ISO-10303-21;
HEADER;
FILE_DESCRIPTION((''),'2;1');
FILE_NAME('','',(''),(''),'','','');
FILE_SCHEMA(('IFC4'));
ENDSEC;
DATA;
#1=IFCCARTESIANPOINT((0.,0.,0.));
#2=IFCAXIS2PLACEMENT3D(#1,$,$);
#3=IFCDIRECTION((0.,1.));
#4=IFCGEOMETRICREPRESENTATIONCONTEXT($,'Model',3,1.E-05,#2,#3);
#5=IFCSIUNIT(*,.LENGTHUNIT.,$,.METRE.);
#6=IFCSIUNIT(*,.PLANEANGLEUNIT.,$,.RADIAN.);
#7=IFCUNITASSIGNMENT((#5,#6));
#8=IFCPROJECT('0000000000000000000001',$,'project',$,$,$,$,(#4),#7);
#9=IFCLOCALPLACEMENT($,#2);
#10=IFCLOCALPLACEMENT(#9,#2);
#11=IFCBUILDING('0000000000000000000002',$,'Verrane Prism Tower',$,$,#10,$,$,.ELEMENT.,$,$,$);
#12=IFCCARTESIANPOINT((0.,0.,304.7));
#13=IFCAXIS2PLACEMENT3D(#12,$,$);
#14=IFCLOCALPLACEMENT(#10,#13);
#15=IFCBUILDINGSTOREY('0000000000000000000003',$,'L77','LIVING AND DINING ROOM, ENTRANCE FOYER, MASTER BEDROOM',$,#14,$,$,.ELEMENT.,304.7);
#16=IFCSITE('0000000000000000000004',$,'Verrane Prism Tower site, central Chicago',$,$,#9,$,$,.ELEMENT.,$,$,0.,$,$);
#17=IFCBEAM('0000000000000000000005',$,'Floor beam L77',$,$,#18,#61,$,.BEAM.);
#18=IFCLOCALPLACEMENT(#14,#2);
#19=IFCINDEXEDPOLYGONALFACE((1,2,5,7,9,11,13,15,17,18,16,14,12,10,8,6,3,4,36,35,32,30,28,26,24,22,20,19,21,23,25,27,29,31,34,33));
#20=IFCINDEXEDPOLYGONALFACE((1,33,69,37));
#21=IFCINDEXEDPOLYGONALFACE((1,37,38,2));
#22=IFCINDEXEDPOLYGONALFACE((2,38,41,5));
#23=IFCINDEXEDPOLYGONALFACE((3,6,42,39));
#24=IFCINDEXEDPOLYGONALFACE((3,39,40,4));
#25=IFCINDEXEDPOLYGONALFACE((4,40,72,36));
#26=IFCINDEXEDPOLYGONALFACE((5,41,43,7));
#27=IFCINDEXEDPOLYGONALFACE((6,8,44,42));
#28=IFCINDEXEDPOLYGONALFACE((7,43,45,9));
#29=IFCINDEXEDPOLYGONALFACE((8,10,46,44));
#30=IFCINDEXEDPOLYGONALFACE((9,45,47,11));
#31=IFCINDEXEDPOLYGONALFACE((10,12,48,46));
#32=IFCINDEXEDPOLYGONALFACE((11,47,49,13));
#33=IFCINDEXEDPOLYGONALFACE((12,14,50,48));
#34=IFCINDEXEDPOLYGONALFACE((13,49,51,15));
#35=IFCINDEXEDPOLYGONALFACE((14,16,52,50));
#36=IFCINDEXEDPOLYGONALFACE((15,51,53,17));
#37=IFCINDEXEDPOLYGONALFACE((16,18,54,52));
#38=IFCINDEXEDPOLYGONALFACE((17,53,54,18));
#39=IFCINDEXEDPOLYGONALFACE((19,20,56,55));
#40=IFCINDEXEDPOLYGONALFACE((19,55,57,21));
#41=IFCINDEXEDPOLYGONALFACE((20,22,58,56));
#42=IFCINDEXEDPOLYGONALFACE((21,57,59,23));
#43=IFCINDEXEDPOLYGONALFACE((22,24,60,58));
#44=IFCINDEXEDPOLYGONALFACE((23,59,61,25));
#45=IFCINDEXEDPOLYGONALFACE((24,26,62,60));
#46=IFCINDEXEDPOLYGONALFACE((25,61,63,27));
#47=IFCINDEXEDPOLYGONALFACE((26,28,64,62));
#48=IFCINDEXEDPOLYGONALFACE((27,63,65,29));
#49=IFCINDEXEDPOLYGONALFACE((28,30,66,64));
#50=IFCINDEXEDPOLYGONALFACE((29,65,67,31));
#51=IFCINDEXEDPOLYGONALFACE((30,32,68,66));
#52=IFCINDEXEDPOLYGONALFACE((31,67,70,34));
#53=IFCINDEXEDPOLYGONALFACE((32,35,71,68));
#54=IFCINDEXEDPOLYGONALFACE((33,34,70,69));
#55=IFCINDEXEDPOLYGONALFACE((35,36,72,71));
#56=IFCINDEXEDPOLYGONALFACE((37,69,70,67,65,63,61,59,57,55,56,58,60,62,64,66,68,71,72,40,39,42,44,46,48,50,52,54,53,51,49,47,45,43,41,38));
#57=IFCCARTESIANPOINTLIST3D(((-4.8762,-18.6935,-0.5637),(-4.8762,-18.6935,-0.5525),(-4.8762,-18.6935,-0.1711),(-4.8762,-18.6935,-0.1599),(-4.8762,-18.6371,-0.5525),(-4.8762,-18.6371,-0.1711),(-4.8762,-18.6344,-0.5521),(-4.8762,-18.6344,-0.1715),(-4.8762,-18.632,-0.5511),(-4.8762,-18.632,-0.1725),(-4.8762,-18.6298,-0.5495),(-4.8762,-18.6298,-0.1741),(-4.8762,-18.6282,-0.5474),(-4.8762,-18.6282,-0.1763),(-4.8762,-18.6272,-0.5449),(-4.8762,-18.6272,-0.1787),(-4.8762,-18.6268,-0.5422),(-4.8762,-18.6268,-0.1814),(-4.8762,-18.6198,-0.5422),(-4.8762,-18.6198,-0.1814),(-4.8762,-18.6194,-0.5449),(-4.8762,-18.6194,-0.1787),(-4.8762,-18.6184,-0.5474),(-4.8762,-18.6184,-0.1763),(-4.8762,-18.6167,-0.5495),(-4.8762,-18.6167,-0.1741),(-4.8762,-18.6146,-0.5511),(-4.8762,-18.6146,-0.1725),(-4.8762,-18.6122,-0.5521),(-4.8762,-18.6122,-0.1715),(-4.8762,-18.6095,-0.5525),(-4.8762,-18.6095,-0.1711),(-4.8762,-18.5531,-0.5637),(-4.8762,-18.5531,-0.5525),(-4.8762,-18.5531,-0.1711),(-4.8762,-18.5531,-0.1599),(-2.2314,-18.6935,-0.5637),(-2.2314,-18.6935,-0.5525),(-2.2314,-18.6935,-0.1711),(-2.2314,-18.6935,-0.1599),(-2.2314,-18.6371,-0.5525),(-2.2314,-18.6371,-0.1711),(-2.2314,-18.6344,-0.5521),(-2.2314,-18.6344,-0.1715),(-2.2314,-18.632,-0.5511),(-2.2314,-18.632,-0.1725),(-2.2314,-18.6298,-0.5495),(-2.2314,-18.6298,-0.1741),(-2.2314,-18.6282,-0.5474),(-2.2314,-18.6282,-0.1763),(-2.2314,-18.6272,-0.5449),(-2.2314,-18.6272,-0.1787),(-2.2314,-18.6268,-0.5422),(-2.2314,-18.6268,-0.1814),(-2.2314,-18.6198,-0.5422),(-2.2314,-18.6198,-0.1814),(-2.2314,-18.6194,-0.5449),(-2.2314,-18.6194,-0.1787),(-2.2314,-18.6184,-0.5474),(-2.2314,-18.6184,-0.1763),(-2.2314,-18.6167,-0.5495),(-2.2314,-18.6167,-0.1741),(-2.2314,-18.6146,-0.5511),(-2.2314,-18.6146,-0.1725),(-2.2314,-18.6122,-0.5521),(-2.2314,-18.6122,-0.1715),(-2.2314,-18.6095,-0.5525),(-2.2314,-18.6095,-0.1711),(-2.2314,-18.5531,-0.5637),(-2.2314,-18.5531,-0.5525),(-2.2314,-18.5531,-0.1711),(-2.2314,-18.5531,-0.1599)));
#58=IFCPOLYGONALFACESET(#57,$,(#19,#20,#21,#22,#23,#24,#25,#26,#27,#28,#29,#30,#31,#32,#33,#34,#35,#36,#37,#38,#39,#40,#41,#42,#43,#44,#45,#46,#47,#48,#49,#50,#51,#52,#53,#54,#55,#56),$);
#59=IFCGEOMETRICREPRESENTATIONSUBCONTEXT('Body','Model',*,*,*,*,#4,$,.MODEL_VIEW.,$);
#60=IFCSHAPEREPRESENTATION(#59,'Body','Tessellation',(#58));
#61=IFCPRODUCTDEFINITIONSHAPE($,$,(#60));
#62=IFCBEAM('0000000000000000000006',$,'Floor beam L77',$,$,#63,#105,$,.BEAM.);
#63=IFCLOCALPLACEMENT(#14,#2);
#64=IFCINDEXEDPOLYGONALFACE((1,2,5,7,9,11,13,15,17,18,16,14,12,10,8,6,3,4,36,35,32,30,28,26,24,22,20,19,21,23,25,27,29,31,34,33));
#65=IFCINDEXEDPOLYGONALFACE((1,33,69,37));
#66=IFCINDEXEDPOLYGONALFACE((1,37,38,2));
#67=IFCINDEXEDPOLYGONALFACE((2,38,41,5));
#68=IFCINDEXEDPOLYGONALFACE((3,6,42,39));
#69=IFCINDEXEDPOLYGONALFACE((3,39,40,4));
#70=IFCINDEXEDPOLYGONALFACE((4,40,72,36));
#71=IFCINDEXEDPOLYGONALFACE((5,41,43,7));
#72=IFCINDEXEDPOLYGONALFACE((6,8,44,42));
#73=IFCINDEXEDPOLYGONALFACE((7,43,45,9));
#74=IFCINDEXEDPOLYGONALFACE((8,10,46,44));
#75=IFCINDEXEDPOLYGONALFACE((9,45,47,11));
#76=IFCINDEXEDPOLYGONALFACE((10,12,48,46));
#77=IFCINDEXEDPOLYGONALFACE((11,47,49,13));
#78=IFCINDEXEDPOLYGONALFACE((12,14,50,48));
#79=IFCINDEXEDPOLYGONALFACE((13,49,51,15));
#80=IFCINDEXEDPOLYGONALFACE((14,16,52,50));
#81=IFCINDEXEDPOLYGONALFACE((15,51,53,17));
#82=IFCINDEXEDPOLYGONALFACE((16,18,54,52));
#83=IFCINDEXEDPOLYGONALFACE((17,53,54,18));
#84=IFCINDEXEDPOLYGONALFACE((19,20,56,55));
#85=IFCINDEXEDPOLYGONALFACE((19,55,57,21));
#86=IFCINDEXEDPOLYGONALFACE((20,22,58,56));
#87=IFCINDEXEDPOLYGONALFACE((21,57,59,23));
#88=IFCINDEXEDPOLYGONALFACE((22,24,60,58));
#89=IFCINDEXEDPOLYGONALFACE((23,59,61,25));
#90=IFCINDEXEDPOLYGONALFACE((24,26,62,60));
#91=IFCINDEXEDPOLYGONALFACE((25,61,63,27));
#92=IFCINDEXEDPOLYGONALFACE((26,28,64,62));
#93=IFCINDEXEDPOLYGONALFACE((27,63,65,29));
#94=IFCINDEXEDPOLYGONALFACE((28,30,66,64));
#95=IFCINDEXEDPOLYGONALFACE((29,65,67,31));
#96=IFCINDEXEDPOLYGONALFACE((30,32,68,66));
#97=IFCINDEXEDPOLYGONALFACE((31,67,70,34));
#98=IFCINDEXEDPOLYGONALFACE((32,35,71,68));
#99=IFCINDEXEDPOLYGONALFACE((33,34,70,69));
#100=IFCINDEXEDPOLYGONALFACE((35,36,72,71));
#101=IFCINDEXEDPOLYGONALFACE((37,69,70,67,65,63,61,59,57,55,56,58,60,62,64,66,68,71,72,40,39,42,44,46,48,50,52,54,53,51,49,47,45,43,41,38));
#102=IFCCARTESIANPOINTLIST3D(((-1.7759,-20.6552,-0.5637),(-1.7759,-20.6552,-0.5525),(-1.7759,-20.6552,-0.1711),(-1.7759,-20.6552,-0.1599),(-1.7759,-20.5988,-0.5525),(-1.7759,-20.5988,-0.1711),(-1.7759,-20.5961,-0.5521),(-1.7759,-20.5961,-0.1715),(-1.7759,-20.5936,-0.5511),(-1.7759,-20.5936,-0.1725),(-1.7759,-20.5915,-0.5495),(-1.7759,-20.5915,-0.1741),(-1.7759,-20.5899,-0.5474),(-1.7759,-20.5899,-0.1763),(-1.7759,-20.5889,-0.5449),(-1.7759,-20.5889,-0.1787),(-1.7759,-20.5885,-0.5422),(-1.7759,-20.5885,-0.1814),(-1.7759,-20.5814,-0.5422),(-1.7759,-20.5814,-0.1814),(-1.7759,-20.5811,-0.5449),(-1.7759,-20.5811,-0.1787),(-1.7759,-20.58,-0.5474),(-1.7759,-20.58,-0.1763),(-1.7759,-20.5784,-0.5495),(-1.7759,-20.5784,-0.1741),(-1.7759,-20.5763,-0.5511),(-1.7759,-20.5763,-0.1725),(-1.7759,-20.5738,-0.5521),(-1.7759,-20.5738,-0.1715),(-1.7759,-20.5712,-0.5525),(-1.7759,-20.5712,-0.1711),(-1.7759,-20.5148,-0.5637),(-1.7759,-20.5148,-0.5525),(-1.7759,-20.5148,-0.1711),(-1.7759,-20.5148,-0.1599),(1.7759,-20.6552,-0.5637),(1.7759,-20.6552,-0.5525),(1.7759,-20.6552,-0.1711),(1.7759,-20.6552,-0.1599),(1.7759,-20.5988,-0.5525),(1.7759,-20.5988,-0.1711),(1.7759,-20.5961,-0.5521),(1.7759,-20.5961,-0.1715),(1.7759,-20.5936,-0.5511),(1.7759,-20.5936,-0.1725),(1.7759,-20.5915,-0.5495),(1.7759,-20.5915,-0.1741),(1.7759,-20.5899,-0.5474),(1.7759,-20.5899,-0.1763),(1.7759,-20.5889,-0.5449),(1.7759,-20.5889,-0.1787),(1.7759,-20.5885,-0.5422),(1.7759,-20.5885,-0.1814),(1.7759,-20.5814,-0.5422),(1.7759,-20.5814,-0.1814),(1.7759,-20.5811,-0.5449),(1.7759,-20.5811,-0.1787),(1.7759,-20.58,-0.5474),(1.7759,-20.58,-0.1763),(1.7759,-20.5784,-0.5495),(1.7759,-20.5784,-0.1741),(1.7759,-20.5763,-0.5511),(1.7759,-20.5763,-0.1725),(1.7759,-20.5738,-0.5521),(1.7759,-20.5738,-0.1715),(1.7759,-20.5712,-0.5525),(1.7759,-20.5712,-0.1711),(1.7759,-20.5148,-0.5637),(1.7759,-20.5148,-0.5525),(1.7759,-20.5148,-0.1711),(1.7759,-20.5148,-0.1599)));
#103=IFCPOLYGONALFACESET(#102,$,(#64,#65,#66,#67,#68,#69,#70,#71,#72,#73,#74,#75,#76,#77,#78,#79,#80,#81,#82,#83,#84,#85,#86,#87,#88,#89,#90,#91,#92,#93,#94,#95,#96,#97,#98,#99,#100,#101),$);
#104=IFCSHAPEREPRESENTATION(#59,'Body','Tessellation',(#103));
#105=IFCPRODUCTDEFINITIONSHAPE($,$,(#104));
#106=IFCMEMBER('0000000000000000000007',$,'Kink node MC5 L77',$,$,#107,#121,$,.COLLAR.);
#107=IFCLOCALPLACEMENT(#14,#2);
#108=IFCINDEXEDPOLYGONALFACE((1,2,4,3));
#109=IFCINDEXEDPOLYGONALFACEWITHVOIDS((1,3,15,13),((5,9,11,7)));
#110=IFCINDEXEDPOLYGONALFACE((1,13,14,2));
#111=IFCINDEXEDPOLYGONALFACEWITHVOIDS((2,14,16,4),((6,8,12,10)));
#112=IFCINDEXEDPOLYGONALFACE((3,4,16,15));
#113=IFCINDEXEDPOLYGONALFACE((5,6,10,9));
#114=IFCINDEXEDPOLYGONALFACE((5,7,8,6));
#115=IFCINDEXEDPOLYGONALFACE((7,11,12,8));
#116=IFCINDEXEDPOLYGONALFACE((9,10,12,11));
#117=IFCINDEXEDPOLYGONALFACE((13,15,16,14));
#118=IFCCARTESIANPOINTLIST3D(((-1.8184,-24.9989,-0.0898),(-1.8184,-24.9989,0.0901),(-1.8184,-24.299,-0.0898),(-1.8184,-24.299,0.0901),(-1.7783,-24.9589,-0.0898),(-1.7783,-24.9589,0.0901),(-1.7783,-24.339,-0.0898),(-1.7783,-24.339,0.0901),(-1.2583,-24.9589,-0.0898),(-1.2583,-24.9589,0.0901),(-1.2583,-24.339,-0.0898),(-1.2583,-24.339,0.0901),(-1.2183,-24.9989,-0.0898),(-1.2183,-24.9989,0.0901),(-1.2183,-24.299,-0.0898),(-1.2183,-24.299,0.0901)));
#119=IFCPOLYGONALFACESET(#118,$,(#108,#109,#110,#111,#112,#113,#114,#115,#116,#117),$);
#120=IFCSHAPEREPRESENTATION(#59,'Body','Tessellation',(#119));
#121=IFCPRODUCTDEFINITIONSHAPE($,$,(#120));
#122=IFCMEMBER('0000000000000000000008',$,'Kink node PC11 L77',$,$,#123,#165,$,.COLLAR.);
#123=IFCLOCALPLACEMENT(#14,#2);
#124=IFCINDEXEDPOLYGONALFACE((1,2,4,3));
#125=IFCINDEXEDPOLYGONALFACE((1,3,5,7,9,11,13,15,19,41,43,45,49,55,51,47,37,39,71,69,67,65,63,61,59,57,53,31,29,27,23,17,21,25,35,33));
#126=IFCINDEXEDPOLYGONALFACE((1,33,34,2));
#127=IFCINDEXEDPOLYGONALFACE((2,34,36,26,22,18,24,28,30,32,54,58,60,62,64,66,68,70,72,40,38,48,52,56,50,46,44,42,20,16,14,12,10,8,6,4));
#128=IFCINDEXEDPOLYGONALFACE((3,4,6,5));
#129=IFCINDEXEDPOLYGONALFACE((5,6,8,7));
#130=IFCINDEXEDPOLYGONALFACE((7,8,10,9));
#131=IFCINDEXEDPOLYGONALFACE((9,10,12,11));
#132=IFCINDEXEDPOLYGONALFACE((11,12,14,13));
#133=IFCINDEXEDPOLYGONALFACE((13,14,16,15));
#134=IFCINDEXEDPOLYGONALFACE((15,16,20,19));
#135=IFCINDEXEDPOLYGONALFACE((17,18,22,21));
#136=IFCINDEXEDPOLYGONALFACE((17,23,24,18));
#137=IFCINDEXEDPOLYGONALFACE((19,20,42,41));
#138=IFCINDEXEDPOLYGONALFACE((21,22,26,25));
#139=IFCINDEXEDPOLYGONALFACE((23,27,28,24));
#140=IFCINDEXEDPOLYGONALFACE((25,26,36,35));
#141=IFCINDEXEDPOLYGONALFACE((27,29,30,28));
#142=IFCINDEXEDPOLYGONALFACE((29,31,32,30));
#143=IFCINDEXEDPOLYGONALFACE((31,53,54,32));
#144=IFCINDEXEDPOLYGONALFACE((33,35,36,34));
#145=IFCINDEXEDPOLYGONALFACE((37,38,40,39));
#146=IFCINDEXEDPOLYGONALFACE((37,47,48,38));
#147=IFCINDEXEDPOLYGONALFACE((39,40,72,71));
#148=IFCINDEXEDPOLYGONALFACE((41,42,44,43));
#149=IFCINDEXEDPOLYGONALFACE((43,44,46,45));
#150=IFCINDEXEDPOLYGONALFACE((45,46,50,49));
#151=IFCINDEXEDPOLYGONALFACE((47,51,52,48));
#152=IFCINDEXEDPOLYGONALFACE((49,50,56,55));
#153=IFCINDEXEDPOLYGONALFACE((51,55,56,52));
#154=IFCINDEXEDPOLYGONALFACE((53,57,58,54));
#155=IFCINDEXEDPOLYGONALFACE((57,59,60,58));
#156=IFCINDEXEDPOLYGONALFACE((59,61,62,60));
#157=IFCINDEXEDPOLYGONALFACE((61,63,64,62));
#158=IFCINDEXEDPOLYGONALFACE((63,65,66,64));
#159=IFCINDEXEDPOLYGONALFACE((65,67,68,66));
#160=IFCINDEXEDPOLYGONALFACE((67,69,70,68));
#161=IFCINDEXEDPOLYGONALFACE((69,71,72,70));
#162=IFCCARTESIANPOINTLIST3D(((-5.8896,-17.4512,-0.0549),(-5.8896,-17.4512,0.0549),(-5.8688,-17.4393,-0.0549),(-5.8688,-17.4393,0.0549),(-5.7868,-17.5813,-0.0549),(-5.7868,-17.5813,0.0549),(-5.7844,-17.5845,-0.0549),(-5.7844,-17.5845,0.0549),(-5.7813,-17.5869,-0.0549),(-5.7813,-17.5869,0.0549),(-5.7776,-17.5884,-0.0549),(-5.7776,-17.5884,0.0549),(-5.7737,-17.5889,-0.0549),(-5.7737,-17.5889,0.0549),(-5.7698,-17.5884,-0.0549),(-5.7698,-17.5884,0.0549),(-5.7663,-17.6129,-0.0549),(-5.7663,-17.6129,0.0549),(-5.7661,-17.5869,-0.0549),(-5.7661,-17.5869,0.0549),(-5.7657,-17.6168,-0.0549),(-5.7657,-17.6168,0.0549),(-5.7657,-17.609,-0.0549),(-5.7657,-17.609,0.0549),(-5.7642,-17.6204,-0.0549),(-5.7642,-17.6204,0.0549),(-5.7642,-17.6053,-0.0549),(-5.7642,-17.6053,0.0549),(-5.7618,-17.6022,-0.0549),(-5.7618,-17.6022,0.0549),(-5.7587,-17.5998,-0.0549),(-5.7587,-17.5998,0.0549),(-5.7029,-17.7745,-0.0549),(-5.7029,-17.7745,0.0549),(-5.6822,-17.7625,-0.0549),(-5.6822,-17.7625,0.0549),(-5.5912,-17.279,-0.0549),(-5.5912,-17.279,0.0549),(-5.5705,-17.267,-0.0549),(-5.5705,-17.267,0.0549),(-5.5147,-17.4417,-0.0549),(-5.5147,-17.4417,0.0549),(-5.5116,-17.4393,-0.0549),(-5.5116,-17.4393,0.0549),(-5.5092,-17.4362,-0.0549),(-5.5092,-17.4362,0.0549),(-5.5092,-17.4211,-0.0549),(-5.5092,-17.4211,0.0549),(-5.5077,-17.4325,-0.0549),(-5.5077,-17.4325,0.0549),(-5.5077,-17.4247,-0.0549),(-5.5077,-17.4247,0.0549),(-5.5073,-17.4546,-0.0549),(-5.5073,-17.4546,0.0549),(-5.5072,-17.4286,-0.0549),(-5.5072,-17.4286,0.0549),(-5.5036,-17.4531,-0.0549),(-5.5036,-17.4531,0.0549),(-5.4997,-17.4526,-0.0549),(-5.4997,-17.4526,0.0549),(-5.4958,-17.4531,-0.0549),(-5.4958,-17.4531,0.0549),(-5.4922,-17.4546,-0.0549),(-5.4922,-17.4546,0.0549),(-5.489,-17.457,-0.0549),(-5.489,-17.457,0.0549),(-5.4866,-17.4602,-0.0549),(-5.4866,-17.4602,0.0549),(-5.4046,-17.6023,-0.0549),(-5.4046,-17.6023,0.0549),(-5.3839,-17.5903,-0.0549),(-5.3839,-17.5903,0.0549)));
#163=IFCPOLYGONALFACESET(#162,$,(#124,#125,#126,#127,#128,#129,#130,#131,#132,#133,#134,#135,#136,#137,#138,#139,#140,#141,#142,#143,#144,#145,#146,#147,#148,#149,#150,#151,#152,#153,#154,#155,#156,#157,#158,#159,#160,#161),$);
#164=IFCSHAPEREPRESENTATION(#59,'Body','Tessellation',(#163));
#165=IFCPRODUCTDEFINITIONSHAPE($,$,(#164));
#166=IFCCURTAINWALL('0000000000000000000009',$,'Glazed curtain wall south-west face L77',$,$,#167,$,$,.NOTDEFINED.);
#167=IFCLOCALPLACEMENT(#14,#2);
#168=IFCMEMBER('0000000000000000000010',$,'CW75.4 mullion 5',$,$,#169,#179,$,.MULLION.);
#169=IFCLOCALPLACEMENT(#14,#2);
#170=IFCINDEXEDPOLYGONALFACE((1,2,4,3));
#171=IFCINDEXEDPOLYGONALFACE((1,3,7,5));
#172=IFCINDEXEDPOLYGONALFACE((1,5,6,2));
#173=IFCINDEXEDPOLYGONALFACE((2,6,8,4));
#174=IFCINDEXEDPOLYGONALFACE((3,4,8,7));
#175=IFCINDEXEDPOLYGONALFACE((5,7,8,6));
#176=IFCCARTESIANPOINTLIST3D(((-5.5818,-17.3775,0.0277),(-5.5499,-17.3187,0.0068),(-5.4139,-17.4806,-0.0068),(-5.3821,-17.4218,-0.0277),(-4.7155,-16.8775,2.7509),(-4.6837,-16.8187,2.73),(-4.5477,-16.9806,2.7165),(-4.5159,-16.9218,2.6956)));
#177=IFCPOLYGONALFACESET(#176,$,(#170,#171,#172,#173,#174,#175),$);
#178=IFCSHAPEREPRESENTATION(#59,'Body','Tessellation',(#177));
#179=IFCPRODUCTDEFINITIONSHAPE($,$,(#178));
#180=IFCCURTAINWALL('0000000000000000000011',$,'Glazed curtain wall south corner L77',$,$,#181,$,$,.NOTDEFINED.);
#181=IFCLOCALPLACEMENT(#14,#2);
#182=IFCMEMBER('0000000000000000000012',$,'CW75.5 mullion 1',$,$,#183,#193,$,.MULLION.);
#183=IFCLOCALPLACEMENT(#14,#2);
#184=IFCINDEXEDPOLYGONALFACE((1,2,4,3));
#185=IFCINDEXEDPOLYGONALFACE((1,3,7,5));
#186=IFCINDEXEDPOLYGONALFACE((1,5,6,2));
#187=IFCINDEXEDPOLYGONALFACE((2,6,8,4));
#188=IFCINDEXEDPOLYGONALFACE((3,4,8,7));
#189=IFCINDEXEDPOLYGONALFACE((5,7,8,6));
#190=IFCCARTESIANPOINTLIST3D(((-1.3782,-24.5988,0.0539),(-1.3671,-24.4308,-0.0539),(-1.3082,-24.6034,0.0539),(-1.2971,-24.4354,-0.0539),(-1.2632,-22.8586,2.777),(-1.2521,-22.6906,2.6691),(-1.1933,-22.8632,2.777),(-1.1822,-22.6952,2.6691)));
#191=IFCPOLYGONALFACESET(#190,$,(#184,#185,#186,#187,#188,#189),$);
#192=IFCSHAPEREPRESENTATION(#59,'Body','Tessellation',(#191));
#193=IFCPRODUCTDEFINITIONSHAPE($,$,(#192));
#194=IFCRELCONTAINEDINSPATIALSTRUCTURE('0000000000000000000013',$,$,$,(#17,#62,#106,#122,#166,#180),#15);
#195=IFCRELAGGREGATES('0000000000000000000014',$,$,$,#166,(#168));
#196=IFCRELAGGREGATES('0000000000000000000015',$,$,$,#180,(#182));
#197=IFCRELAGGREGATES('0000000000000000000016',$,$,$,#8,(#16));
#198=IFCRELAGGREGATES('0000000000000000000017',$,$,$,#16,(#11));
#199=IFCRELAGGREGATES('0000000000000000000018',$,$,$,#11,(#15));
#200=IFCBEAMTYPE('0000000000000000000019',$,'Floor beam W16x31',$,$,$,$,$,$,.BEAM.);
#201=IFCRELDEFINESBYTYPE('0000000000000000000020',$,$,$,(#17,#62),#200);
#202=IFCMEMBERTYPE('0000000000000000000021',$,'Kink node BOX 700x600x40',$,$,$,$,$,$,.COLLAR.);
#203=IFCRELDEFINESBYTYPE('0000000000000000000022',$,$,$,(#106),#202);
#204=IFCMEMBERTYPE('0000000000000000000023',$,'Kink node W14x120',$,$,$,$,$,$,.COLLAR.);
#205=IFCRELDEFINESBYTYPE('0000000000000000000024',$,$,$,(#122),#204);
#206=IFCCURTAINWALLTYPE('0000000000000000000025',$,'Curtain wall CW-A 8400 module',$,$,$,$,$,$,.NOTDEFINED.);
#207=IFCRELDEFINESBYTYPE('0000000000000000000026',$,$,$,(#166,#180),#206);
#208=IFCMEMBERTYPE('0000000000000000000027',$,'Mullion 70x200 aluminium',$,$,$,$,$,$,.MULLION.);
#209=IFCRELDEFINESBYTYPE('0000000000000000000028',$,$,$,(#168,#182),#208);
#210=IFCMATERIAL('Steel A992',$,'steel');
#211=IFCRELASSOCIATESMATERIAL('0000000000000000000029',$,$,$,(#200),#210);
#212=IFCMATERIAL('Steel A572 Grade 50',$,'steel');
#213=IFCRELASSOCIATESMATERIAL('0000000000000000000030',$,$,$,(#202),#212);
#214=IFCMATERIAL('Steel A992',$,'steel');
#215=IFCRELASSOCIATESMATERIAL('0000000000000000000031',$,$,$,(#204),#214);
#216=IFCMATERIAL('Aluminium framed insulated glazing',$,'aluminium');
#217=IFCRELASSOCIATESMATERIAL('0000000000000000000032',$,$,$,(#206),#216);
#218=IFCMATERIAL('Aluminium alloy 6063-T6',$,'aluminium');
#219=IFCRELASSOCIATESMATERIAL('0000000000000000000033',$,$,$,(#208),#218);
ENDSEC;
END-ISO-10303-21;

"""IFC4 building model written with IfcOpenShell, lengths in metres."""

from ifc_helpers import new_model, si_unit, direction, frame, origin, origin_2d, place, context, subcontext, project, spatial, rectangle, hollow_rectangle, i_section, extrude, material, material_profile, profile_set, type_object, element, aggregate, save


model = new_model("IFC4")

# Units and contexts
model_context = context("Model", 3, precision=1e-05, world=origin(), true_north=direction((0.0, 1.0)))
body_context = subcontext(model_context, "Body", "Model", "MODEL_VIEW")
ifc_project = project(units=[si_unit("LENGTHUNIT", "METRE"), si_unit("PLANEANGLEUNIT", "RADIAN")], contexts=[model_context])

# Site, building, storey
site_placement = place(None, origin())
site = spatial("IfcSite", under=ifc_project, at=site_placement, Name="Verrane Prism Tower site, central Chicago", CompositionType="ELEMENT", RefElevation=0.0)
building_placement = place(site_placement, origin())
building = spatial("IfcBuilding", under=site, at=building_placement, Name="Verrane Prism Tower", CompositionType="ELEMENT")
storey_placement = place(building_placement, frame((0.0, 0.0, 304.7)))
storey = spatial("IfcBuildingStorey", under=building, at=storey_placement, Name="L77", Description="LIVING AND DINING ROOM, ENTRANCE FOYER, MASTER BEDROOM", CompositionType="ELEMENT", Elevation=304.7)

# Beams
ifc_material_1 = material(Name="Steel A992", Category="steel")
ifc_material_profile_1 = material_profile(ifc_material_1, i_section(OverallWidth=0.1404, OverallDepth=0.4038, WebThickness=0.0071, FlangeThickness=0.0112, FilletRadius=0.0103, at=origin_2d()), Name="W16x31")
ifc_profile_set_1 = profile_set([ifc_material_profile_1], Name="Steel A992")
beam_type_1 = type_object("IfcBeamType", Name="Floor beam W16x31", PredefinedType="BEAM", material=ifc_profile_set_1)
beam_1_placement = place(storey_placement, frame((-4.8762, -18.6233, -0.3618), z_axis=(1.0, 0.0, 0.0), x_axis=(0.0, 1.0, 0.0)))
element("IfcBeam", 1, at=beam_1_placement, inside=storey, type_object=beam_type_1, Name="Floor beam L77", PredefinedType="BEAM", context=body_context, shape_type="SweptSolid", body=[
    extrude(i_section(OverallWidth=0.1404, OverallDepth=0.4038, WebThickness=0.0071, FlangeThickness=0.0112, FilletRadius=0.0103, at=origin_2d()), origin(), (0.0, 0.0, 1.0), 2.6448),
])
beam_2_placement = place(storey_placement, frame((-1.7759, -20.585, -0.3618), z_axis=(1.0, 0.0, 0.0), x_axis=(0.0, 1.0, 0.0)))
element("IfcBeam", 2, at=beam_2_placement, inside=storey, type_object=beam_type_1, Name="Floor beam L77", PredefinedType="BEAM", context=body_context, shape_type="SweptSolid", body=[
    extrude(i_section(OverallWidth=0.1404, OverallDepth=0.4038, WebThickness=0.0071, FlangeThickness=0.0112, FilletRadius=0.0103, at=origin_2d()), origin(), (0.0, 0.0, 1.0), 3.5518),
])

# Members
ifc_material_2 = material(Name="Steel A572 Grade 50", Category="steel")
ifc_material_profile_2 = material_profile(ifc_material_2, hollow_rectangle(XDim=0.6001, YDim=0.7, WallThickness=0.04, at=origin_2d()), Name="BOX 700x600x40")
ifc_profile_set_2 = profile_set([ifc_material_profile_2], Name="Steel A572 Grade 50")
member_type_1 = type_object("IfcMemberType", Name="Kink node BOX 700x600x40", PredefinedType="COLLAR", material=ifc_profile_set_2)
member_1_placement = place(storey_placement, frame((-1.5183, -24.6489, -0.0898), z_axis=(0.0, 0.0, 1.0), x_axis=(-1.0, 0.0, 0.0)))
element("IfcMember", 3, at=member_1_placement, inside=storey, type_object=member_type_1, Name="Kink node MC5 L77", PredefinedType="COLLAR", context=body_context, shape_type="SweptSolid", body=[
    extrude(hollow_rectangle(XDim=0.6001, YDim=0.7, WallThickness=0.04, at=origin_2d()), origin(), (0.0, 0.0, 1.0), 0.1799),
])
ifc_material_3 = material(Name="Steel A992", Category="steel")
ifc_material_profile_3 = material_profile(ifc_material_3, i_section(OverallWidth=0.3733, OverallDepth=0.3684, WebThickness=0.0149, FlangeThickness=0.0239, FilletRadius=0.0151, at=origin_2d()), Name="W14x120")
ifc_profile_set_3 = profile_set([ifc_material_profile_3], Name="Steel A992")
member_type_2 = type_object("IfcMemberType", Name="Kink node W14x120", PredefinedType="COLLAR", material=ifc_profile_set_3)
member_2_placement = place(storey_placement, frame((-5.6367, -17.5208, -0.0549), z_axis=(0.0, 0.0, 1.0), x_axis=(-0.5, 0.866025, 0.0)))
element("IfcMember", 4, at=member_2_placement, inside=storey, type_object=member_type_2, Name="Kink node PC11 L77", PredefinedType="COLLAR", context=body_context, shape_type="SweptSolid", body=[
    extrude(i_section(OverallWidth=0.3733, OverallDepth=0.3684, WebThickness=0.0149, FlangeThickness=0.0239, FilletRadius=0.0151, at=origin_2d()), origin(), (0.0, 0.0, 1.0), 0.1099),
])

# Curtain walls, members
ifc_material_4 = material(Name="Aluminium framed insulated glazing", Category="aluminium")
curtain_wall_type = type_object("IfcCurtainWallType", Name="Curtain wall CW-A 8400 module", PredefinedType="NOTDEFINED", material=ifc_material_4)
curtain_wall_1_placement = place(storey_placement, origin())
curtain_wall_1 = element("IfcCurtainWall", 5, at=curtain_wall_1_placement, inside=storey, type_object=curtain_wall_type, Name="Glazed curtain wall south-west face L77", PredefinedType="NOTDEFINED")
ifc_material_5 = material(Name="Aluminium alloy 6063-T6", Category="aluminium")
ifc_material_profile_4 = material_profile(ifc_material_5, rectangle(XDim=0.2, YDim=0.0701, at=origin_2d()), Name="Mullion 70x200 aluminium")
ifc_profile_set_4 = profile_set([ifc_material_profile_4], Name="Aluminium alloy 6063-T6")
member_type_3 = type_object("IfcMemberType", Name="Mullion 70x200 aluminium", PredefinedType="MULLION", material=ifc_profile_set_4)
member_3_placement = place(storey_placement, frame((-5.4819, -17.3997, 0.0), z_axis=(0.29859, 0.172354, 0.93869), x_axis=(-0.83943, 0.515405, 0.172382)))
member_3 = element("IfcMember", 6, at=member_3_placement, type_object=member_type_3, Name="CW75.4 mullion 5", PredefinedType="MULLION", context=body_context, shape_type="SweptSolid", body=[
    extrude(rectangle(XDim=0.2, YDim=0.0701, at=origin_2d()), origin(), (0.0, 0.0, 1.0), 2.9011),
])
curtain_wall_2_placement = place(storey_placement, origin())
curtain_wall_2 = element("IfcCurtainWall", 7, at=curtain_wall_2_placement, inside=storey, type_object=curtain_wall_type, Name="Glazed curtain wall south corner L77", PredefinedType="NOTDEFINED")
member_4_placement = place(storey_placement, frame((-1.3376, -24.5171, 0.0), z_axis=(0.035559, 0.538147, 0.842101), x_axis=(-0.055523, -0.840268, 0.539321)))
member_4 = element("IfcMember", 8, at=member_4_placement, type_object=member_type_3, Name="CW75.5 mullion 1", PredefinedType="MULLION", context=body_context, shape_type="SweptSolid", body=[
    extrude(rectangle(XDim=0.2, YDim=0.0701, at=origin_2d()), origin(), (0.0, 0.0, 1.0), 3.2336),
])

aggregate(curtain_wall_1, [member_3])
aggregate(curtain_wall_2, [member_4])

save(model, "model.ifc")
